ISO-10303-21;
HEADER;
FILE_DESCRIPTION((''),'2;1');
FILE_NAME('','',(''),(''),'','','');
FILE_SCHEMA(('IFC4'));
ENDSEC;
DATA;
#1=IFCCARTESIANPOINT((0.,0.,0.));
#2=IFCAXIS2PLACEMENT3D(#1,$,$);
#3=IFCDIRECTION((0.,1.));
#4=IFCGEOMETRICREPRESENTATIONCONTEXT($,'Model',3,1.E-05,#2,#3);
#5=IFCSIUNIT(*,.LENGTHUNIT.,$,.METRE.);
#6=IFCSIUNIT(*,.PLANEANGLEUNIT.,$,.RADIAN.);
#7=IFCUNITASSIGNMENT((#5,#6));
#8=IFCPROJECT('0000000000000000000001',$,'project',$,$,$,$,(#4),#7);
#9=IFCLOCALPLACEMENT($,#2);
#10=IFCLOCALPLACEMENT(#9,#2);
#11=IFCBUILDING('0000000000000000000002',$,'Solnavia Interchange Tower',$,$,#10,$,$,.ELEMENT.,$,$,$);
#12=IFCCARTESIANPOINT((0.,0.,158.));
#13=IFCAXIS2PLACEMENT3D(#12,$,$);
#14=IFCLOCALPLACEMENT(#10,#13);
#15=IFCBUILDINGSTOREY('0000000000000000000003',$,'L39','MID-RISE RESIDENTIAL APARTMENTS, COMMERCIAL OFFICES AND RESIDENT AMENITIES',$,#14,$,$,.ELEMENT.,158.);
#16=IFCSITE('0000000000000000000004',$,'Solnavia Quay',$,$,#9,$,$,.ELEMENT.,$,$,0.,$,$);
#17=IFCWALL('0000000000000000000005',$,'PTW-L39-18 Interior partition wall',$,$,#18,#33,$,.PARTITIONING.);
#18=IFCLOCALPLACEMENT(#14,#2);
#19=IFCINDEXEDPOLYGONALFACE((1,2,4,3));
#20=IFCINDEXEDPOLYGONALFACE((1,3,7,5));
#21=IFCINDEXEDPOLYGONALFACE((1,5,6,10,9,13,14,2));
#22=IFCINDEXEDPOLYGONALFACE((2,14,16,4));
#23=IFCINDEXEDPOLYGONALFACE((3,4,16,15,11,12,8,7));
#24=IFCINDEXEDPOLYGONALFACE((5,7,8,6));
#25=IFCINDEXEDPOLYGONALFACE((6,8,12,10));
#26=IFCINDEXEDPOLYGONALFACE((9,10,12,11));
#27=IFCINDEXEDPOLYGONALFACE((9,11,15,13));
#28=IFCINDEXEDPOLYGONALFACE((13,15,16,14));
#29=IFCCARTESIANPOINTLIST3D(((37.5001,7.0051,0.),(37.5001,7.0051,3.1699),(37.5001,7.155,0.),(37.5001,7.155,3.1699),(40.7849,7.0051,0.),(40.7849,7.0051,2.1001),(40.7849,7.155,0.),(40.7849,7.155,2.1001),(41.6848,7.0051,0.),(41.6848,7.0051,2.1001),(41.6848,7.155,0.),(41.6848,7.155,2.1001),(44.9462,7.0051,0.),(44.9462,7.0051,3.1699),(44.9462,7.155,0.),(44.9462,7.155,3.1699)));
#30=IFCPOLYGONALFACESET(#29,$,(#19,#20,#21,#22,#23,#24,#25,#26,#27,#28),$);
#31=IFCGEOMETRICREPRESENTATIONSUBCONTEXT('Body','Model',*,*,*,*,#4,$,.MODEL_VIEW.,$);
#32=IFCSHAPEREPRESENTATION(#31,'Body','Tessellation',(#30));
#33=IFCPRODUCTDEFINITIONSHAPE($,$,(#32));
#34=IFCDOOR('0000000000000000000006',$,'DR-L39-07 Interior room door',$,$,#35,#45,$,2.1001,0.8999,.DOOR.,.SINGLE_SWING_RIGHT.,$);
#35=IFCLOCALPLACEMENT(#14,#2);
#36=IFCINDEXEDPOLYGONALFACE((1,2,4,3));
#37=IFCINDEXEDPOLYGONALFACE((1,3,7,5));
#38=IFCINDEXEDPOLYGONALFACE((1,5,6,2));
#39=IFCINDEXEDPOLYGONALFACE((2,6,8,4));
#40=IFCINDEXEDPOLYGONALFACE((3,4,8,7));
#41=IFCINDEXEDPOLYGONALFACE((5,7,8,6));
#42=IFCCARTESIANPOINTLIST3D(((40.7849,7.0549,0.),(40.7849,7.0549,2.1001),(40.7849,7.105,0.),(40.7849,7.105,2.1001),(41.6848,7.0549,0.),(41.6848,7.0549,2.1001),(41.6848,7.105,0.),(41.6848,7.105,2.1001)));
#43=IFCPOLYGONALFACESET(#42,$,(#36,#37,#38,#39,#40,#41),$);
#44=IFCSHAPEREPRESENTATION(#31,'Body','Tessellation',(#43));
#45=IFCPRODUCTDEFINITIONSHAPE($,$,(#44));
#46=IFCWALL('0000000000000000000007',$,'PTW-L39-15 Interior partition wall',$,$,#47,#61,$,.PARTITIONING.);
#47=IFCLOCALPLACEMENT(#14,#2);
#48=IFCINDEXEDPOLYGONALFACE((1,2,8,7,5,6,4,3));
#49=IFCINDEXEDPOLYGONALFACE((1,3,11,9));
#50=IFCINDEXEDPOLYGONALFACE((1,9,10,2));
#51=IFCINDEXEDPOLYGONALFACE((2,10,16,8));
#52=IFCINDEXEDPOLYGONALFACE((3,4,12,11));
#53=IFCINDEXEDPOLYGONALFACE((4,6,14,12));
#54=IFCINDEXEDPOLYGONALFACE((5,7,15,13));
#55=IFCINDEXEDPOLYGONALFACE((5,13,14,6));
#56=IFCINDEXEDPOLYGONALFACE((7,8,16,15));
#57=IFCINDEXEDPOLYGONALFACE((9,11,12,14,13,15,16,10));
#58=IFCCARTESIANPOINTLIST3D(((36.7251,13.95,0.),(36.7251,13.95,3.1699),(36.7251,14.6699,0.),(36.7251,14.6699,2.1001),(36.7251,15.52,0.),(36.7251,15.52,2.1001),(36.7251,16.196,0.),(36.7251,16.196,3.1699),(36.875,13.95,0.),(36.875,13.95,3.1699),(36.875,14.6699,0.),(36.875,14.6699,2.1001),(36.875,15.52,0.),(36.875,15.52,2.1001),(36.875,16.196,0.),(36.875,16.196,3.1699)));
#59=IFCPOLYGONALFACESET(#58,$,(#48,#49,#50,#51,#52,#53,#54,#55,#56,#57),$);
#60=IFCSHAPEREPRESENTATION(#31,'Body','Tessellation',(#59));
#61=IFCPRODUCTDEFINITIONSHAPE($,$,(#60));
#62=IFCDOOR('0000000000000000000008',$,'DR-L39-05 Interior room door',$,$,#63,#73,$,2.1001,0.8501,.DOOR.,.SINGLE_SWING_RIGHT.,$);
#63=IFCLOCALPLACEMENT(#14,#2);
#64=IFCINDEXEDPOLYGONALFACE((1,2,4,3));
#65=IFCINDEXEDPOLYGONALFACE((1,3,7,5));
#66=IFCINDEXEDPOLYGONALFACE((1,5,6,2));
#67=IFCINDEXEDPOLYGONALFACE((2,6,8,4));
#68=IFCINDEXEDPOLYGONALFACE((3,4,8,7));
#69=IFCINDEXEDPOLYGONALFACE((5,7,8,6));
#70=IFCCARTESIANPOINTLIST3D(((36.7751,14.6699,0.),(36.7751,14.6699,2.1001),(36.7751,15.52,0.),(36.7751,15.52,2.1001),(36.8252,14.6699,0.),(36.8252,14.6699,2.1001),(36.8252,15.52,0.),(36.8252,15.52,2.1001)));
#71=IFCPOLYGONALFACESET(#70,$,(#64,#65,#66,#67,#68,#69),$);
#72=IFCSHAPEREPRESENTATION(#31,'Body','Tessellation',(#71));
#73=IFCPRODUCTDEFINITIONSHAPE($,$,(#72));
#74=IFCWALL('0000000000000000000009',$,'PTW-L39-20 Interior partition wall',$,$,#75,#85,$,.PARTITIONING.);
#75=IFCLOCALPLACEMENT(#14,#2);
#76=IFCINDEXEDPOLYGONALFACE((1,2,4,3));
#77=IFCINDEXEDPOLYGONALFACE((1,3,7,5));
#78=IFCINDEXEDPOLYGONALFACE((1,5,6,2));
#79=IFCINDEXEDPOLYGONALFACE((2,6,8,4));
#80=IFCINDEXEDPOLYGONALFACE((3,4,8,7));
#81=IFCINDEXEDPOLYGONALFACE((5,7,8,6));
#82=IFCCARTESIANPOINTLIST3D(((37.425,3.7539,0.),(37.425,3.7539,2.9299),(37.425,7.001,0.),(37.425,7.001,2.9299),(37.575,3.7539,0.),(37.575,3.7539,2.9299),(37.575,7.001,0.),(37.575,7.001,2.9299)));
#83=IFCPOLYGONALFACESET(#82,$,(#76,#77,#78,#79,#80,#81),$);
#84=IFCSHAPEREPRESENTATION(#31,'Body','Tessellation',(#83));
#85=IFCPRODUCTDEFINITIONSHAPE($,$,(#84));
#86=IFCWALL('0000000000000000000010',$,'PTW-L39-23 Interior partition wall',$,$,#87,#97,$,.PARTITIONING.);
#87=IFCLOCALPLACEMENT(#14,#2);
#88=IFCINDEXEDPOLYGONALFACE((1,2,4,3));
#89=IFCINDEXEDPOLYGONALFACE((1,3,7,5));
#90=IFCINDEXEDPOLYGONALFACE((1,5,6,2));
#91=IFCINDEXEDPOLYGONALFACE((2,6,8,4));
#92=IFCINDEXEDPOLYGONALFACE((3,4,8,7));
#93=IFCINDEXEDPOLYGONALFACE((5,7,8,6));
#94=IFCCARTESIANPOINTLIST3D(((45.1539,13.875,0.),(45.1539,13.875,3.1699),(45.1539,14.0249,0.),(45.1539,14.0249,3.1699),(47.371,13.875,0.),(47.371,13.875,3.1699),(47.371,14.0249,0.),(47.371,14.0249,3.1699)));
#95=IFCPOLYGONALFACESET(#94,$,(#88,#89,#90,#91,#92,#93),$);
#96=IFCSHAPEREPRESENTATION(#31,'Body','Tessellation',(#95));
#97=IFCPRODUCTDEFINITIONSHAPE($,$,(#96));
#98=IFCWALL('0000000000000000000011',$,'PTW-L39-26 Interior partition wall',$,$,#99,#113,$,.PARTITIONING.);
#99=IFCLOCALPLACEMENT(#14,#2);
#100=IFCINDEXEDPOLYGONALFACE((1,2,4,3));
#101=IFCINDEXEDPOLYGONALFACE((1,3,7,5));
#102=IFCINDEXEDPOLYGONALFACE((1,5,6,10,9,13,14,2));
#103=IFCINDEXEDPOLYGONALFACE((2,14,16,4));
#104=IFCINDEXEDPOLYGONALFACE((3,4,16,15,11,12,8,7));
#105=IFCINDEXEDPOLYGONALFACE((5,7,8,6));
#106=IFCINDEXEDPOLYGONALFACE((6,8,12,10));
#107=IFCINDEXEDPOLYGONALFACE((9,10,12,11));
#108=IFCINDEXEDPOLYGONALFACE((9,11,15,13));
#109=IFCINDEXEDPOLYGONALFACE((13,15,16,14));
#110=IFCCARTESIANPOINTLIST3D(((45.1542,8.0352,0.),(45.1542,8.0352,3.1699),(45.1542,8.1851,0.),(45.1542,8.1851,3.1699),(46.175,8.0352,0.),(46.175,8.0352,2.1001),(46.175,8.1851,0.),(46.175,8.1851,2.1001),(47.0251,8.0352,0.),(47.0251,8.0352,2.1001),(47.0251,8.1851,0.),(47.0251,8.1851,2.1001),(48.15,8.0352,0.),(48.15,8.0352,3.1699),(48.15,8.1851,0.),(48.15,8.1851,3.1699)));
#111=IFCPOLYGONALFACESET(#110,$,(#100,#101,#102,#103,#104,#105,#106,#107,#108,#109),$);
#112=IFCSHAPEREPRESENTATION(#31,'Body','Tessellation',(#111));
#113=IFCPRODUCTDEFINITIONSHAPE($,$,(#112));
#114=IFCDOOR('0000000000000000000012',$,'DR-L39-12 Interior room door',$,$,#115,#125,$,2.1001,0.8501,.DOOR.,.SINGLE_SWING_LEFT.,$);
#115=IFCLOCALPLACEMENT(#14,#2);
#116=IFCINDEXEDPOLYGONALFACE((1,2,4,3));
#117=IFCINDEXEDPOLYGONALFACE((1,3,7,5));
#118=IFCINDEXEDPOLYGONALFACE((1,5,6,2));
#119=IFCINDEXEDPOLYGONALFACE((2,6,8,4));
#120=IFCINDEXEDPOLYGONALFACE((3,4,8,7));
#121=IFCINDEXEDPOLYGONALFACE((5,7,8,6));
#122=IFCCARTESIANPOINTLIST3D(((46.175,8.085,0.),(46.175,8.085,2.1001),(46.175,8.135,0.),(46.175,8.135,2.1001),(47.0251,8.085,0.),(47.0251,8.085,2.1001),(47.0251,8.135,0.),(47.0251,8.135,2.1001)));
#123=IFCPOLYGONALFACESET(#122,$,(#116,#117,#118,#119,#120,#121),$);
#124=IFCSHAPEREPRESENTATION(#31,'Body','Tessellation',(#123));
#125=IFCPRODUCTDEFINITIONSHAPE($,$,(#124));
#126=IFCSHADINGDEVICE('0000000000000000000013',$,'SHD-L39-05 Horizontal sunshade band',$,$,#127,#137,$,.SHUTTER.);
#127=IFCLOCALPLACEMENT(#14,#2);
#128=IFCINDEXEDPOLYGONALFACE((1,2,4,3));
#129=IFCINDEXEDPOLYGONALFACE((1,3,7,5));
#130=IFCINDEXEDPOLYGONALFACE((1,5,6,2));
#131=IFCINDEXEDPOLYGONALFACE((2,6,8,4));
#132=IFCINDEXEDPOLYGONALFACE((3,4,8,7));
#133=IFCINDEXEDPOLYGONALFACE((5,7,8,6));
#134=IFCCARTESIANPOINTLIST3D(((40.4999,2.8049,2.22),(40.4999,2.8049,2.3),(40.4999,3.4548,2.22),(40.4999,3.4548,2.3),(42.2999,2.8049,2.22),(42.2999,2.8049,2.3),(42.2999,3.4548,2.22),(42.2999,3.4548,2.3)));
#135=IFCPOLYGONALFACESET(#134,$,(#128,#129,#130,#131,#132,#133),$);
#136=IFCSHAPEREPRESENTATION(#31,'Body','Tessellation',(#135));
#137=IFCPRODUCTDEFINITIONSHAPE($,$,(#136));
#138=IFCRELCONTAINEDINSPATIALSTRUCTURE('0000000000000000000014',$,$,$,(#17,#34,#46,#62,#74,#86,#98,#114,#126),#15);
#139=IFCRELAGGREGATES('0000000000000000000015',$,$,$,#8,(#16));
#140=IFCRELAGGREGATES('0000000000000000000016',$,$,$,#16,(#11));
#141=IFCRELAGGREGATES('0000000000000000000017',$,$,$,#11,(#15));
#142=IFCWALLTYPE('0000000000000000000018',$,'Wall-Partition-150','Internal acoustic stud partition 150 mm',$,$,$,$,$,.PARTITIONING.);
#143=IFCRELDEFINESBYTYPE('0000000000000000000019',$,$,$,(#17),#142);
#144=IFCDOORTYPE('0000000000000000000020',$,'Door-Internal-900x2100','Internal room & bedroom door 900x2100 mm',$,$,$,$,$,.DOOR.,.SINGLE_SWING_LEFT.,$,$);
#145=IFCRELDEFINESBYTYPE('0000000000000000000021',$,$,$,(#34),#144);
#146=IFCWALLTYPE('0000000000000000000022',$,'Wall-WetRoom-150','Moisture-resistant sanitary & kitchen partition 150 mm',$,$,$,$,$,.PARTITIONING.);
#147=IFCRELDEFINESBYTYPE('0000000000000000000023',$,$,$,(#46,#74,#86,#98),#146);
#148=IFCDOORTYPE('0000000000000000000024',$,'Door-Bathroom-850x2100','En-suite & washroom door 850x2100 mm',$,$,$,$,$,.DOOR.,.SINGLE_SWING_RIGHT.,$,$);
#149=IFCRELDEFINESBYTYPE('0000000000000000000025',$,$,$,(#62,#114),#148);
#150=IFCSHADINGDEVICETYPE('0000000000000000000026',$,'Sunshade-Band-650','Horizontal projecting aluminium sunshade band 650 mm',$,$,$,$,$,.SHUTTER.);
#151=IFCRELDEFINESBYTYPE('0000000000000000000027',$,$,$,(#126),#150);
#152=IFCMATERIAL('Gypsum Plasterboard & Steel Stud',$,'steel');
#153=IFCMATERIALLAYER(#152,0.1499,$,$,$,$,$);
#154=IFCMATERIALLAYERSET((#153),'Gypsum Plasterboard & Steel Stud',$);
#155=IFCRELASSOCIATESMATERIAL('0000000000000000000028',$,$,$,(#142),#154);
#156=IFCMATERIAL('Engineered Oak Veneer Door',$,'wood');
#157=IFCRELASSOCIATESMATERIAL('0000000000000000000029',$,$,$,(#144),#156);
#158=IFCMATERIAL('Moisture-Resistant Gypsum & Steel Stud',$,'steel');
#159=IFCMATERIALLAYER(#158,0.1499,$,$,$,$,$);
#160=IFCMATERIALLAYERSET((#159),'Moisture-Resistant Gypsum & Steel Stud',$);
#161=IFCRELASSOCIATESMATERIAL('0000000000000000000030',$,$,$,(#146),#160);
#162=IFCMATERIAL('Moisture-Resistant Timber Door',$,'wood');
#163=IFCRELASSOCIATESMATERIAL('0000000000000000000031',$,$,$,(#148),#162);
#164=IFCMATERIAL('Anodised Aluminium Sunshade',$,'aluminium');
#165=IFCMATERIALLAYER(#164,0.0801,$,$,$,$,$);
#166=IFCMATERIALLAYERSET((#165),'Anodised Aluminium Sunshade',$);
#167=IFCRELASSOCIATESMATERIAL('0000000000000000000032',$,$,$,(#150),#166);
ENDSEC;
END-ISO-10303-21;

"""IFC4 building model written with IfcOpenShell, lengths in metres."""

from ifc_helpers import new_model, si_unit, direction, frame, frame_2d, origin, origin_2d, place, context, subcontext, project, spatial, rectangle, extrude, material, layer, layer_set, type_object, element, fill, save


model = new_model("IFC4")

# Units and contexts
model_context = context("Model", 3, precision=1e-05, world=origin(), true_north=direction((0.0, 1.0)))
body_context = subcontext(model_context, "Body", "Model", "MODEL_VIEW")
ifc_project = project(units=[si_unit("LENGTHUNIT", "METRE"), si_unit("PLANEANGLEUNIT", "RADIAN")], contexts=[model_context])

# Site, building, storey
site_placement = place(None, origin())
site = spatial("IfcSite", under=ifc_project, at=site_placement, Name="Solnavia Quay", CompositionType="ELEMENT", RefElevation=0.0)
building_placement = place(site_placement, origin())
building = spatial("IfcBuilding", under=site, at=building_placement, Name="Solnavia Interchange Tower", CompositionType="ELEMENT")
storey_placement = place(building_placement, frame((0.0, 0.0, 158.0)))
storey = spatial("IfcBuildingStorey", under=building, at=storey_placement, Name="L39", Description="MID-RISE RESIDENTIAL APARTMENTS, COMMERCIAL OFFICES AND RESIDENT AMENITIES", CompositionType="ELEMENT", Elevation=158.0)

# Walls, openings, doors
ifc_material_1 = material(Name="Gypsum Plasterboard & Steel Stud", Category="steel")
ifc_layer_1 = layer(ifc_material_1, 0.1499)
ifc_layer_set_1 = layer_set([ifc_layer_1], Name="Gypsum Plasterboard & Steel Stud")
wall_type_1 = type_object("IfcWallType", Name="Wall-Partition-150", Description="Internal acoustic stud partition 150 mm", PredefinedType="PARTITIONING", material=ifc_layer_set_1)
wall_1_placement = place(storey_placement, frame((37.5, 7.0801, 0.0), z_axis=(0.0, 0.0, 1.0), x_axis=(1.0, 0.0, 0.0)))
wall_1 = element("IfcWall", 1, at=wall_1_placement, inside=storey, type_object=wall_type_1, Name="PTW-L39-18 Interior partition wall", PredefinedType="PARTITIONING", context=body_context, shape_type="SweptSolid", body=[
    extrude(rectangle(XDim=7.446, YDim=0.1499, at=frame_2d((3.7231, 0.0))), origin(), (0.0, 0.0, 1.0), 3.1699),
])
opening_1_placement = place(wall_1_placement, frame((3.2849, 0.0, 0.0)))
opening_1 = element("IfcOpeningElement", 2, at=opening_1_placement, cuts=wall_1, PredefinedType="OPENING", context=body_context, shape_type="SweptSolid", body=[
    extrude(rectangle(XDim=0.8999, YDim=2.1001, at=frame_2d((0.45, 1.05))), frame((0.0, 0.085, 0.0), z_axis=(0.0, -1.0, 0.0), x_axis=(1.0, 0.0, 0.0)), (0.0, 0.0, 1.0), 0.1699),
])
ifc_material_2 = material(Name="Engineered Oak Veneer Door", Category="wood")
door_type_1 = type_object("IfcDoorType", Name="Door-Internal-900x2100", Description="Internal room & bedroom door 900x2100 mm", OperationType="SINGLE_SWING_LEFT", PredefinedType="DOOR", material=ifc_material_2)
door_1_placement = place(opening_1_placement, origin())
door_1 = element("IfcDoor", 3, at=door_1_placement, inside=storey, type_object=door_type_1, Name="DR-L39-07 Interior room door", OperationType="SINGLE_SWING_RIGHT", OverallHeight=2.1001, OverallWidth=0.8999, PredefinedType="DOOR", context=body_context, shape_type="SweptSolid", body=[
    extrude(rectangle(XDim=0.8999, YDim=2.1001, at=frame_2d((0.45, 1.05))), frame((0.0, 0.0249, 0.0), z_axis=(0.0, -1.0, 0.0), x_axis=(1.0, 0.0, 0.0)), (0.0, 0.0, 1.0), 0.05),
])
fill(opening_1, door_1)
ifc_material_3 = material(Name="Moisture-Resistant Gypsum & Steel Stud", Category="steel")
ifc_layer_2 = layer(ifc_material_3, 0.1499)
ifc_layer_set_2 = layer_set([ifc_layer_2], Name="Moisture-Resistant Gypsum & Steel Stud")
wall_type_2 = type_object("IfcWallType", Name="Wall-WetRoom-150", Description="Moisture-resistant sanitary & kitchen partition 150 mm", PredefinedType="PARTITIONING", material=ifc_layer_set_2)
wall_2_placement = place(storey_placement, frame((36.8, 13.95, 0.0), z_axis=(0.0, 0.0, 1.0), x_axis=(0.0, 1.0, 0.0)))
wall_2 = element("IfcWall", 4, at=wall_2_placement, inside=storey, type_object=wall_type_2, Name="PTW-L39-15 Interior partition wall", PredefinedType="PARTITIONING", context=body_context, shape_type="SweptSolid", body=[
    extrude(rectangle(XDim=2.2461, YDim=0.1499, at=frame_2d((1.123, 0.0))), origin(), (0.0, 0.0, 1.0), 3.1699),
])
opening_2_placement = place(wall_2_placement, frame((0.72, 0.0, 0.0)))
opening_2 = element("IfcOpeningElement", 5, at=opening_2_placement, cuts=wall_2, PredefinedType="OPENING", context=body_context, shape_type="SweptSolid", body=[
    extrude(rectangle(XDim=0.8501, YDim=2.1001, at=frame_2d((0.425, 1.05))), frame((0.0, 0.085, 0.0), z_axis=(0.0, -1.0, 0.0), x_axis=(1.0, 0.0, 0.0)), (0.0, 0.0, 1.0), 0.1699),
])
ifc_material_4 = material(Name="Moisture-Resistant Timber Door", Category="wood")
door_type_2 = type_object("IfcDoorType", Name="Door-Bathroom-850x2100", Description="En-suite & washroom door 850x2100 mm", OperationType="SINGLE_SWING_RIGHT", PredefinedType="DOOR", material=ifc_material_4)
door_2_placement = place(opening_2_placement, origin())
door_2 = element("IfcDoor", 6, at=door_2_placement, inside=storey, type_object=door_type_2, Name="DR-L39-05 Interior room door", OperationType="SINGLE_SWING_RIGHT", OverallHeight=2.1001, OverallWidth=0.8501, PredefinedType="DOOR", context=body_context, shape_type="SweptSolid", body=[
    extrude(rectangle(XDim=0.8501, YDim=2.1001, at=frame_2d((0.425, 1.05))), frame((0.0, 0.0249, 0.0), z_axis=(0.0, -1.0, 0.0), x_axis=(1.0, 0.0, 0.0)), (0.0, 0.0, 1.0), 0.05),
])
fill(opening_2, door_2)

# Walls
wall_3_placement = place(storey_placement, frame((37.5, 3.7539, 0.0), z_axis=(0.0, 0.0, 1.0), x_axis=(0.0, 1.0, 0.0)))
element("IfcWall", 7, at=wall_3_placement, inside=storey, type_object=wall_type_2, Name="PTW-L39-20 Interior partition wall", PredefinedType="PARTITIONING", context=body_context, shape_type="SweptSolid", body=[
    extrude(rectangle(XDim=3.2471, YDim=0.1499, at=frame_2d((1.6235, 0.0))), origin(), (0.0, 0.0, 1.0), 2.9299),
])
wall_4_placement = place(storey_placement, frame((45.1541, 13.95, 0.0), z_axis=(0.0, 0.0, 1.0), x_axis=(1.0, 0.0, 0.0)))
element("IfcWall", 8, at=wall_4_placement, inside=storey, type_object=wall_type_2, Name="PTW-L39-23 Interior partition wall", PredefinedType="PARTITIONING", context=body_context, shape_type="SweptSolid", body=[
    extrude(rectangle(XDim=2.217, YDim=0.1499, at=frame_2d((1.1084, 0.0))), origin(), (0.0, 0.0, 1.0), 3.1699),
])

# Wall, opening, door
wall_5_placement = place(storey_placement, frame((45.1541, 8.1101, 0.0), z_axis=(0.0, 0.0, 1.0), x_axis=(1.0, 0.0, 0.0)))
wall_5 = element("IfcWall", 9, at=wall_5_placement, inside=storey, type_object=wall_type_2, Name="PTW-L39-26 Interior partition wall", PredefinedType="PARTITIONING", context=body_context, shape_type="SweptSolid", body=[
    extrude(rectangle(XDim=2.9958, YDim=0.1499, at=frame_2d((1.498, 0.0))), origin(), (0.0, 0.0, 1.0), 3.1699),
])
opening_3_placement = place(wall_5_placement, frame((1.021, 0.0, 0.0)))
opening_3 = element("IfcOpeningElement", 10, at=opening_3_placement, cuts=wall_5, PredefinedType="OPENING", context=body_context, shape_type="SweptSolid", body=[
    extrude(rectangle(XDim=0.8501, YDim=2.1001, at=frame_2d((0.425, 1.05))), frame((0.0, 0.085, 0.0), z_axis=(0.0, -1.0, 0.0), x_axis=(1.0, 0.0, 0.0)), (0.0, 0.0, 1.0), 0.1699),
])
door_3_placement = place(opening_3_placement, origin())
door_3 = element("IfcDoor", 11, at=door_3_placement, inside=storey, type_object=door_type_2, Name="DR-L39-12 Interior room door", OperationType="SINGLE_SWING_LEFT", OverallHeight=2.1001, OverallWidth=0.8501, PredefinedType="DOOR", context=body_context, shape_type="SweptSolid", body=[
    extrude(rectangle(XDim=0.8501, YDim=2.1001, at=frame_2d((0.425, 1.05))), frame((0.0, 0.0249, 0.0), z_axis=(0.0, -1.0, 0.0), x_axis=(1.0, 0.0, 0.0)), (0.0, 0.0, 1.0), 0.05),
])
fill(opening_3, door_3)

# Shading device
ifc_material_5 = material(Name="Anodised Aluminium Sunshade", Category="aluminium")
ifc_layer_3 = layer(ifc_material_5, 0.0801)
ifc_layer_set_3 = layer_set([ifc_layer_3], Name="Anodised Aluminium Sunshade")
shading_device_type = type_object("IfcShadingDeviceType", Name="Sunshade-Band-650", Description="Horizontal projecting aluminium sunshade band 650 mm", PredefinedType="SHUTTER", material=ifc_layer_set_3)
shading_device_placement = place(storey_placement, frame((41.3999, 3.1299, 2.22), z_axis=(0.0, 0.0, 1.0), x_axis=(-1.0, 0.0, 0.0)))
element("IfcShadingDevice", 12, at=shading_device_placement, inside=storey, type_object=shading_device_type, Name="SHD-L39-05 Horizontal sunshade band", PredefinedType="SHUTTER", context=body_context, shape_type="SweptSolid", body=[
    extrude(rectangle(XDim=1.8, YDim=0.6499, at=origin_2d()), origin(), (0.0, 0.0, 1.0), 0.0801),
])

save(model, "model.ifc")
